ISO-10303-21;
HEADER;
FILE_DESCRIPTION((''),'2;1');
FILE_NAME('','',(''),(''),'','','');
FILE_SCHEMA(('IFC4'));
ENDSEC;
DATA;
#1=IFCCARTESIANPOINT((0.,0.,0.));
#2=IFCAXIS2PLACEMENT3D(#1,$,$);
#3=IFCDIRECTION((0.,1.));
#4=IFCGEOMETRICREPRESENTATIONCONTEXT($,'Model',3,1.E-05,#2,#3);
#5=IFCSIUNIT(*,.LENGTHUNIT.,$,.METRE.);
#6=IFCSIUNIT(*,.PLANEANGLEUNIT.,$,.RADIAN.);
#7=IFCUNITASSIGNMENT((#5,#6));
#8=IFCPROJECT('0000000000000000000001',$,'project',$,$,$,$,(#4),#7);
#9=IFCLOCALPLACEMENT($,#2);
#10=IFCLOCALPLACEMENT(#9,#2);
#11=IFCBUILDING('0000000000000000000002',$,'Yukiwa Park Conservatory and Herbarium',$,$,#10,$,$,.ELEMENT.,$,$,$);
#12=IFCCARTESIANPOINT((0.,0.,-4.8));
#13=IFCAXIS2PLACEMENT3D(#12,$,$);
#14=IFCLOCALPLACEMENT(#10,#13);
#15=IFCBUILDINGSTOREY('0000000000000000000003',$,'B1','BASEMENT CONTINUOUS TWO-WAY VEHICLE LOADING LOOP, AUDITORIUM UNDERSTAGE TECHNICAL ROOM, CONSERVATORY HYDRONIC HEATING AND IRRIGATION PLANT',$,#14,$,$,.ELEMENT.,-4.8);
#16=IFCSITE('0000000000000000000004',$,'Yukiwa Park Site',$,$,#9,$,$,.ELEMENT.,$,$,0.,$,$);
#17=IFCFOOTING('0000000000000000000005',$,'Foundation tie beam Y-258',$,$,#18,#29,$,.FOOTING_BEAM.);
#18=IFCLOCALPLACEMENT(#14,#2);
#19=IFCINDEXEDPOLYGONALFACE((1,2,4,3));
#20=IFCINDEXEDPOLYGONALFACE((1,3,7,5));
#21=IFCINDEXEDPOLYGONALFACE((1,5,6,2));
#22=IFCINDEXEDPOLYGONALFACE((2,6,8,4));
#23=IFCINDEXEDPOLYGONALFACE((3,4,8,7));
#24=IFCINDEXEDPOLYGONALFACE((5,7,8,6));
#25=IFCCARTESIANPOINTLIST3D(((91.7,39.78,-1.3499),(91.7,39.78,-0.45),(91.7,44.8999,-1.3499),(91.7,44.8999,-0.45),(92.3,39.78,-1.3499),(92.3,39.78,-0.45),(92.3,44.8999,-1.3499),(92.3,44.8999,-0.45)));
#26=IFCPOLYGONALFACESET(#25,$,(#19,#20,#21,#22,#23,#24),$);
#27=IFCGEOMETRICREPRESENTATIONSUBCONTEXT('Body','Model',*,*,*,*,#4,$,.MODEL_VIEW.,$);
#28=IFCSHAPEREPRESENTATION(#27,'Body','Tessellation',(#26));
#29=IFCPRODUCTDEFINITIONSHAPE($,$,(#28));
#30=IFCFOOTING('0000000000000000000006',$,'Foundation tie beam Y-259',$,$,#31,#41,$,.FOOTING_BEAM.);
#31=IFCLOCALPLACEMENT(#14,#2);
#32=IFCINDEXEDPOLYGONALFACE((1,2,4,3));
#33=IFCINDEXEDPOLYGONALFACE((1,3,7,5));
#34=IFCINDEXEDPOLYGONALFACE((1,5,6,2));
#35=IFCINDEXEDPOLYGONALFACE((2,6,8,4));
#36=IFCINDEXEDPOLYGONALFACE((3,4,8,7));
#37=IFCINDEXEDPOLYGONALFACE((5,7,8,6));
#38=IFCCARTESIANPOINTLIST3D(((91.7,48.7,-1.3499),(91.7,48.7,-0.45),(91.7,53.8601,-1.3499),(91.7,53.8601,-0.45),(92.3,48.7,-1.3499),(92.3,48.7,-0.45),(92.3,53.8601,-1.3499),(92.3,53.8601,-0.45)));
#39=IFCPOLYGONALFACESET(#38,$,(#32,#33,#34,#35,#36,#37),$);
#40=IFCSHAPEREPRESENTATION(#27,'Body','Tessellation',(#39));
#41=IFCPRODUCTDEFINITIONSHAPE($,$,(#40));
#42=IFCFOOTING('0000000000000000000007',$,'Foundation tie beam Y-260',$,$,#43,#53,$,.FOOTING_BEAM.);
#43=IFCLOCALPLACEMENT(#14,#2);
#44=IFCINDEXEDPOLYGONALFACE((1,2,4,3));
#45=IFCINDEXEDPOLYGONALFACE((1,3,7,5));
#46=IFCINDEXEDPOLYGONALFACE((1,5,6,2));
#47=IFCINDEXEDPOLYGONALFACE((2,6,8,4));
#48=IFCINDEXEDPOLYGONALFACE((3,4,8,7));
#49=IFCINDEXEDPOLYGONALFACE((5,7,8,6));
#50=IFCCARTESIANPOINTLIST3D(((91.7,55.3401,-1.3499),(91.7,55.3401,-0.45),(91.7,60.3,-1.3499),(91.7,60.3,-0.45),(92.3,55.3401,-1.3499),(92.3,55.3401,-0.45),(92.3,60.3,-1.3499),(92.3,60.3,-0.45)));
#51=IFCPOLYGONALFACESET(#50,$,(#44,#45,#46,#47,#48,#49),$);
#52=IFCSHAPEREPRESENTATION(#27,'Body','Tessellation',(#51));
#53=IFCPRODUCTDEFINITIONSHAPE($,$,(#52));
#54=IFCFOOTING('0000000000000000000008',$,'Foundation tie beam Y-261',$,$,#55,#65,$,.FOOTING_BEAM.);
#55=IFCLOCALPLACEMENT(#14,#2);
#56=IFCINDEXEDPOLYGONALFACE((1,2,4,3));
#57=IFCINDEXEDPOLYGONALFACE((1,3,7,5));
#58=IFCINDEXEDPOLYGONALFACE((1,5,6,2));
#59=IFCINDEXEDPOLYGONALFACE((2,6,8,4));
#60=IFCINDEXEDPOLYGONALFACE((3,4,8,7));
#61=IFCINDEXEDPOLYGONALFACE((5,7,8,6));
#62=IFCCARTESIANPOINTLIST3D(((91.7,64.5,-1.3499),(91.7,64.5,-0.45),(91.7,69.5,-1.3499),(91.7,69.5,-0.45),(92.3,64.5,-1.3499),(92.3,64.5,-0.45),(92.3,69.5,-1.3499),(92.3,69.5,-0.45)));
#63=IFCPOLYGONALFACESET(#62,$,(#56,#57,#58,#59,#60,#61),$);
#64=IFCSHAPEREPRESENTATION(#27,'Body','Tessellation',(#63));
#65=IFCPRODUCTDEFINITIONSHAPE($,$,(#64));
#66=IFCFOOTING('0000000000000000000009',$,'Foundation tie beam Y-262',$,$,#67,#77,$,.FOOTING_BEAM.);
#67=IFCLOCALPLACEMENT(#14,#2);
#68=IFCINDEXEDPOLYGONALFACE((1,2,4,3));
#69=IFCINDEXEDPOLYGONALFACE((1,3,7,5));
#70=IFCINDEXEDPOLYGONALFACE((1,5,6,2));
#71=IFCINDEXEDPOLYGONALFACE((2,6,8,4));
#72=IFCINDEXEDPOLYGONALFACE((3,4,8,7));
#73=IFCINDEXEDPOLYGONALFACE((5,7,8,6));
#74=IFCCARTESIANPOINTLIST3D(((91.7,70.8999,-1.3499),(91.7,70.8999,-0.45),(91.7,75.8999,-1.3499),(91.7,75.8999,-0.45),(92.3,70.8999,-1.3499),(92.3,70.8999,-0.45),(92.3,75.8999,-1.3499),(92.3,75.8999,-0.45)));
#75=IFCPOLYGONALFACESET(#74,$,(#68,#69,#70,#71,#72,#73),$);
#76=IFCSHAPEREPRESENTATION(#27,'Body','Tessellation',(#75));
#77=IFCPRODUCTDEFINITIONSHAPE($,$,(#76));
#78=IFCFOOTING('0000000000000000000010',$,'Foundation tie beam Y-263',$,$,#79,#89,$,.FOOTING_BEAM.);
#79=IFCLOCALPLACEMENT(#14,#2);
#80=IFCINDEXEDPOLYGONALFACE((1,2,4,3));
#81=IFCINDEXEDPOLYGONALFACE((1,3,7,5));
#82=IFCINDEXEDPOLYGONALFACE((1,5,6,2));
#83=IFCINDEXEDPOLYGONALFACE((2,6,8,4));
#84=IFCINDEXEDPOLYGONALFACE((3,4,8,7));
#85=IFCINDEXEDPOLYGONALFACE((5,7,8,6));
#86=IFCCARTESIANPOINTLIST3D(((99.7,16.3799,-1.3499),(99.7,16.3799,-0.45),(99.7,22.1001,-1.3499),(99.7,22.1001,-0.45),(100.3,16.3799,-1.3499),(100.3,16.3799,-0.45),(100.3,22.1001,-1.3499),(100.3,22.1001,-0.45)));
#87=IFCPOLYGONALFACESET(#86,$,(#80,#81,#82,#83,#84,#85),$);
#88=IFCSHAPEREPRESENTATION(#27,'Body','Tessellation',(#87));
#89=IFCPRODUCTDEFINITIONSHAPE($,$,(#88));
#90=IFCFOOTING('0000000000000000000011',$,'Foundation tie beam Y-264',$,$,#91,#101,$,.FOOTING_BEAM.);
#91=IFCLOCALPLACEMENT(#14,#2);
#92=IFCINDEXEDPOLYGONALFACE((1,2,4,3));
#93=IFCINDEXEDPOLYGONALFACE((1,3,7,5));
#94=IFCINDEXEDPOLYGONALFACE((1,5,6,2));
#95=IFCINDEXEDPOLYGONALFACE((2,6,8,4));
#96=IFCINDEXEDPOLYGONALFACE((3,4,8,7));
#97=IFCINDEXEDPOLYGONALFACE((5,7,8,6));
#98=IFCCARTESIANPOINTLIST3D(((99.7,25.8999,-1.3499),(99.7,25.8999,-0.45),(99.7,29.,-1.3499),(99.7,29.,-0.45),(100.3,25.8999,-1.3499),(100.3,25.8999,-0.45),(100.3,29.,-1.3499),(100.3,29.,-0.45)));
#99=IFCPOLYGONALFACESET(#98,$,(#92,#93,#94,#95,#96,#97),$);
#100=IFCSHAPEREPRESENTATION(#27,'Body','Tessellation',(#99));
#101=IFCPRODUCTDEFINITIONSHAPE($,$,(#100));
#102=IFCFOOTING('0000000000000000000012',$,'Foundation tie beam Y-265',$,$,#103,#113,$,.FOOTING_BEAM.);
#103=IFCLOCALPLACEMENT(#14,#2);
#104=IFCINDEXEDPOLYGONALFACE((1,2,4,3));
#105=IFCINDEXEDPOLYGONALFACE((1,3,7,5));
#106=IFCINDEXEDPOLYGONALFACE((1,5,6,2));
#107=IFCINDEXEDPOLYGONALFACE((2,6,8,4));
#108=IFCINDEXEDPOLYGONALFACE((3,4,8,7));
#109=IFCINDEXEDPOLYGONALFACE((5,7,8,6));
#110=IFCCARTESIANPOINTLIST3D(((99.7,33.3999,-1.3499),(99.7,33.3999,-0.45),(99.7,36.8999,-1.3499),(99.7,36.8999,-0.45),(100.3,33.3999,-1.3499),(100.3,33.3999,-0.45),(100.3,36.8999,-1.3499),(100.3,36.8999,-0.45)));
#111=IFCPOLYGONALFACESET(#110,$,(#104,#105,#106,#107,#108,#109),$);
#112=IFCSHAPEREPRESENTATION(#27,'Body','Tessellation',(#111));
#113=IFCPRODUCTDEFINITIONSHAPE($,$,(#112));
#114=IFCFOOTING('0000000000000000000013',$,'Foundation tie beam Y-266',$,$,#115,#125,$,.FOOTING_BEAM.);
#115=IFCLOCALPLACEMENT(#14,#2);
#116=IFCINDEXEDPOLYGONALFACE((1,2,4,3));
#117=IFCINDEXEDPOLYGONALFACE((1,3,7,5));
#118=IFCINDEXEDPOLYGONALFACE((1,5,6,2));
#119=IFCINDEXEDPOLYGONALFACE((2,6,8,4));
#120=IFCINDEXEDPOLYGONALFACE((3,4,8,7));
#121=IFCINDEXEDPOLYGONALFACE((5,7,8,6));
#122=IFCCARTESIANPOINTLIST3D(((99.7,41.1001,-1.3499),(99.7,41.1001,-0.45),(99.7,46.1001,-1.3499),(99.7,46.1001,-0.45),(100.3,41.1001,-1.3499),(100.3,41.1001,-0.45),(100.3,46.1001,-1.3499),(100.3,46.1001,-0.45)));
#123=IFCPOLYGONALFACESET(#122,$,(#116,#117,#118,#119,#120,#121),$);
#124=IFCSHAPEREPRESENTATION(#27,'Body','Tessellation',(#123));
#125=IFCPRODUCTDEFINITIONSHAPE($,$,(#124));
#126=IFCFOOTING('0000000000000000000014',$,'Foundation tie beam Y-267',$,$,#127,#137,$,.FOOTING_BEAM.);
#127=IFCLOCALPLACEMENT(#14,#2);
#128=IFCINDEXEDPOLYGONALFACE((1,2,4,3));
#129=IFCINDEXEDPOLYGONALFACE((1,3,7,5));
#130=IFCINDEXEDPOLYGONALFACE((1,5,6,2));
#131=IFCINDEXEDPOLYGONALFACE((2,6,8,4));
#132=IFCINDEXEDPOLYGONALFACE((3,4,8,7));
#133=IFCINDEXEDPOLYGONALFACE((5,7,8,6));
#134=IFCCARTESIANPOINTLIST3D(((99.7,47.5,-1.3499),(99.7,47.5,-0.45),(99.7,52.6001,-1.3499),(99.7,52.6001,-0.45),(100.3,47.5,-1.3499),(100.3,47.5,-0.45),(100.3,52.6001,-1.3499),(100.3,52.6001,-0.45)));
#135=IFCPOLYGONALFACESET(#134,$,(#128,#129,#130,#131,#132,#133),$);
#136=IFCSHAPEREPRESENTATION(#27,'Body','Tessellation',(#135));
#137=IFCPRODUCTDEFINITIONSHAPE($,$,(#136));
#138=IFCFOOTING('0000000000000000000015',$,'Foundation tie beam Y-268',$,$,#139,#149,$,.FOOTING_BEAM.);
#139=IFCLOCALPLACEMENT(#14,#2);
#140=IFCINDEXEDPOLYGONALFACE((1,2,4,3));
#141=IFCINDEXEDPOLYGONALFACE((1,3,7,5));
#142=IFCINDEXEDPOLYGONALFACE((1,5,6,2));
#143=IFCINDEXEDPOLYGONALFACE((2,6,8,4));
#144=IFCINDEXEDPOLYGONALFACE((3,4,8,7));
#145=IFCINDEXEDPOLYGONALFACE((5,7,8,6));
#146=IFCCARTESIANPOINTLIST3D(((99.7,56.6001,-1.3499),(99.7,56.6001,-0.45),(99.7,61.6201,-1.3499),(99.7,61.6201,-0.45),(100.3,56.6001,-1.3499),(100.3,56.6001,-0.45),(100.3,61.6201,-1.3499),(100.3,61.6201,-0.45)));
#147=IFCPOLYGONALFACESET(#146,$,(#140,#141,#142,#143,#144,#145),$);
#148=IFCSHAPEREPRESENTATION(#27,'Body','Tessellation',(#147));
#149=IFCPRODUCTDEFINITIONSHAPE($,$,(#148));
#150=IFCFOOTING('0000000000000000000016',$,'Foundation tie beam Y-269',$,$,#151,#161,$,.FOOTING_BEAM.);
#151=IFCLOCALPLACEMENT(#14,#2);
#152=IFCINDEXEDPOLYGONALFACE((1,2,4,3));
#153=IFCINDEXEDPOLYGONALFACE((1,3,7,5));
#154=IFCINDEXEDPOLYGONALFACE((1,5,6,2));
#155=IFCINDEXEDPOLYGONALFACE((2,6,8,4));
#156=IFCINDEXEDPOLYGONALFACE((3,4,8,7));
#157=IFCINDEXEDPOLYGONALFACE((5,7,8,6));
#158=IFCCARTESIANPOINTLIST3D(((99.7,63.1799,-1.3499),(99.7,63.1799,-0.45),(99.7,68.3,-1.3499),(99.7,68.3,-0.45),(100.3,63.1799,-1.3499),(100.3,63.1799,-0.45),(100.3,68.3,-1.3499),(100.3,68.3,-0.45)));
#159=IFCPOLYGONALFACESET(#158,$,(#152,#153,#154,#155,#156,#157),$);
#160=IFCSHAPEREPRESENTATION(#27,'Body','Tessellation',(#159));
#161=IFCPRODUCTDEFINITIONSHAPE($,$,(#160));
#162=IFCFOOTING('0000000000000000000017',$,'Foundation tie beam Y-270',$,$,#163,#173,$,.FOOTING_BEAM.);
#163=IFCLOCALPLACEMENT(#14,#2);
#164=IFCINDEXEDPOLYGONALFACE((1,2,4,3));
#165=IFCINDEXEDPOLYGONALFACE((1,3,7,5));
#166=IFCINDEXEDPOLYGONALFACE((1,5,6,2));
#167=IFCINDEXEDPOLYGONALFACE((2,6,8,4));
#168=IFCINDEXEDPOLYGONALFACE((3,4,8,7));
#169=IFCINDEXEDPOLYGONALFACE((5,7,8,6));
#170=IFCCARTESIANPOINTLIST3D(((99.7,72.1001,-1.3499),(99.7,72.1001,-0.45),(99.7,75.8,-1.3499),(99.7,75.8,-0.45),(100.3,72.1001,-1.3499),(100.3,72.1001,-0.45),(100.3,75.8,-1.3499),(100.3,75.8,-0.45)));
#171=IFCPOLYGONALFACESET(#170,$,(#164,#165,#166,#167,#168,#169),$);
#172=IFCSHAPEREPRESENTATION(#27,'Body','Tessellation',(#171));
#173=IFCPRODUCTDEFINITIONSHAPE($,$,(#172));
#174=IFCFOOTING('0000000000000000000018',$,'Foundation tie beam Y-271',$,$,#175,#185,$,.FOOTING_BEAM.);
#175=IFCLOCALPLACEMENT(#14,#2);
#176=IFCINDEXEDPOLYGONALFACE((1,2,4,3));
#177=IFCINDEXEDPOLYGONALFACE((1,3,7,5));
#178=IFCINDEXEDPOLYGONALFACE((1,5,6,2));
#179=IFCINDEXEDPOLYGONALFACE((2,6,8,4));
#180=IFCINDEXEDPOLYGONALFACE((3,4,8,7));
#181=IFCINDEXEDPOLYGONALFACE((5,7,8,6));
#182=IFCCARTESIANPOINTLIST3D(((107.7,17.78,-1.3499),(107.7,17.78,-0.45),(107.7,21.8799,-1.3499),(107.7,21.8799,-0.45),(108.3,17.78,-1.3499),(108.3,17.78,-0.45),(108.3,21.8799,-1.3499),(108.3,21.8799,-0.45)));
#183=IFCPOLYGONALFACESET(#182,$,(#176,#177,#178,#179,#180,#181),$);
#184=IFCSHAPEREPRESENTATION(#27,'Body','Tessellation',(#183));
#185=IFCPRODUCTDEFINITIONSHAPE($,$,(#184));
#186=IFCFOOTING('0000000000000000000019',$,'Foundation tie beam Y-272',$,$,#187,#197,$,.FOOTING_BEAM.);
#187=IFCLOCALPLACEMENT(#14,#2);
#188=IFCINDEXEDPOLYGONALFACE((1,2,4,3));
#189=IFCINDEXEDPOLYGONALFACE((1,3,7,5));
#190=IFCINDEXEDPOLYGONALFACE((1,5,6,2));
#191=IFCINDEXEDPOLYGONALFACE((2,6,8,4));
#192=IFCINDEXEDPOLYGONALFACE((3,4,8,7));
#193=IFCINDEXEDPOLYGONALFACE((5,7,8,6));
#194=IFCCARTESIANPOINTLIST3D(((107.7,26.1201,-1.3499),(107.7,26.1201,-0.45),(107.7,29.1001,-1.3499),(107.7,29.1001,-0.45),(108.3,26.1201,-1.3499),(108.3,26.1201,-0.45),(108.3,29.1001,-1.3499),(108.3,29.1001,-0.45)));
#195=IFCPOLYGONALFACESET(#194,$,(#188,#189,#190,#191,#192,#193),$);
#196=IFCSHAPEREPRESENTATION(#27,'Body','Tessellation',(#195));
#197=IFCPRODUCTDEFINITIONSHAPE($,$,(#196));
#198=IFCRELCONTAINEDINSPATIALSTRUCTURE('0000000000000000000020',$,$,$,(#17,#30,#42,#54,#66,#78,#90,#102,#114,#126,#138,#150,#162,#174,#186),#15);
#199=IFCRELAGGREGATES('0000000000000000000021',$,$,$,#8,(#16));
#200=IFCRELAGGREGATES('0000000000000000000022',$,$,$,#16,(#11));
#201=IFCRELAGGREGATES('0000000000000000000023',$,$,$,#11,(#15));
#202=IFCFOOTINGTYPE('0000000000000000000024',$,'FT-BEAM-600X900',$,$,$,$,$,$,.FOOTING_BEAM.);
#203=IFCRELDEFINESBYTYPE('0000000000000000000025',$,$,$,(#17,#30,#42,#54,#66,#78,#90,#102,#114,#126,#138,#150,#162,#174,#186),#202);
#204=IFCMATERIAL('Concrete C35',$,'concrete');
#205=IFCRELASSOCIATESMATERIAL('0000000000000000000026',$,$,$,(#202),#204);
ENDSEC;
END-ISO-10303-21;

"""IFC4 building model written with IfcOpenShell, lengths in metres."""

from ifc_helpers import new_model, si_unit, direction, frame, origin, place, context, subcontext, project, spatial, polyline, outline, extrude, material, type_object, element, save


model = new_model("IFC4")

# Units and contexts
model_context = context("Model", 3, precision=1e-05, world=origin(), true_north=direction((0.0, 1.0)))
body_context = subcontext(model_context, "Body", "Model", "MODEL_VIEW")
ifc_project = project(units=[si_unit("LENGTHUNIT", "METRE"), si_unit("PLANEANGLEUNIT", "RADIAN")], contexts=[model_context])

# Site, building, storey
site_placement = place(None, origin())
site = spatial("IfcSite", under=ifc_project, at=site_placement, Name="Yukiwa Park Site", CompositionType="ELEMENT", RefElevation=0.0)
building_placement = place(site_placement, origin())
building = spatial("IfcBuilding", under=site, at=building_placement, Name="Yukiwa Park Conservatory and Herbarium", CompositionType="ELEMENT")
storey_placement = place(building_placement, frame((0.0, 0.0, -4.8)))
storey = spatial("IfcBuildingStorey", under=building, at=storey_placement, Name="B1", Description="BASEMENT CONTINUOUS TWO-WAY VEHICLE LOADING LOOP, AUDITORIUM UNDERSTAGE TECHNICAL ROOM, CONSERVATORY HYDRONIC HEATING AND IRRIGATION PLANT", CompositionType="ELEMENT", Elevation=-4.8)

# Footings
ifc_material = material(Name="Concrete C35", Category="concrete")
footing_type = type_object("IfcFootingType", Name="FT-BEAM-600X900", PredefinedType="FOOTING_BEAM", material=ifc_material)
footing_1_placement = place(storey_placement, frame((0.0, 0.0, -1.3499)))
element("IfcFooting", 1, at=footing_1_placement, inside=storey, type_object=footing_type, Name="Foundation tie beam Y-258", PredefinedType="FOOTING_BEAM", context=body_context, shape_type="SweptSolid", body=[
    extrude(outline(polyline([(91.7, 39.78), (92.3, 39.78), (92.3, 44.8999), (91.7, 44.8999), (91.7, 39.78)])), origin(), (0.0, 0.0, 1.0), 0.8999),
])
footing_2_placement = place(storey_placement, frame((0.0, 0.0, -1.3499)))
element("IfcFooting", 2, at=footing_2_placement, inside=storey, type_object=footing_type, Name="Foundation tie beam Y-259", PredefinedType="FOOTING_BEAM", context=body_context, shape_type="SweptSolid", body=[
    extrude(outline(polyline([(91.7, 48.7), (92.3, 48.7), (92.3, 53.8601), (91.7, 53.8601), (91.7, 48.7)])), origin(), (0.0, 0.0, 1.0), 0.8999),
])
footing_3_placement = place(storey_placement, frame((0.0, 0.0, -1.3499)))
element("IfcFooting", 3, at=footing_3_placement, inside=storey, type_object=footing_type, Name="Foundation tie beam Y-260", PredefinedType="FOOTING_BEAM", context=body_context, shape_type="SweptSolid", body=[
    extrude(outline(polyline([(91.7, 55.3401), (92.3, 55.3401), (92.3, 60.3), (91.7, 60.3), (91.7, 55.3401)])), origin(), (0.0, 0.0, 1.0), 0.8999),
])
footing_4_placement = place(storey_placement, frame((0.0, 0.0, -1.3499)))
element("IfcFooting", 4, at=footing_4_placement, inside=storey, type_object=footing_type, Name="Foundation tie beam Y-261", PredefinedType="FOOTING_BEAM", context=body_context, shape_type="SweptSolid", body=[
    extrude(outline(polyline([(91.7, 64.5), (92.3, 64.5), (92.3, 69.5), (91.7, 69.5), (91.7, 64.5)])), origin(), (0.0, 0.0, 1.0), 0.8999),
])
footing_5_placement = place(storey_placement, frame((0.0, 0.0, -1.3499)))
element("IfcFooting", 5, at=footing_5_placement, inside=storey, type_object=footing_type, Name="Foundation tie beam Y-262", PredefinedType="FOOTING_BEAM", context=body_context, shape_type="SweptSolid", body=[
    extrude(outline(polyline([(91.7, 70.8999), (92.3, 70.8999), (92.3, 75.8999), (91.7, 75.8999), (91.7, 70.8999)])), origin(), (0.0, 0.0, 1.0), 0.8999),
])
footing_6_placement = place(storey_placement, frame((0.0, 0.0, -1.3499)))
element("IfcFooting", 6, at=footing_6_placement, inside=storey, type_object=footing_type, Name="Foundation tie beam Y-263", PredefinedType="FOOTING_BEAM", context=body_context, shape_type="SweptSolid", body=[
    extrude(outline(polyline([(99.7, 16.3799), (100.3, 16.3799), (100.3, 22.1001), (99.7, 22.1001), (99.7, 16.3799)])), origin(), (0.0, 0.0, 1.0), 0.8999),
])
footing_7_placement = place(storey_placement, frame((0.0, 0.0, -1.3499)))
element("IfcFooting", 7, at=footing_7_placement, inside=storey, type_object=footing_type, Name="Foundation tie beam Y-264", PredefinedType="FOOTING_BEAM", context=body_context, shape_type="SweptSolid", body=[
    extrude(outline(polyline([(99.7, 25.8999), (100.3, 25.8999), (100.3, 29.0), (99.7, 29.0), (99.7, 25.8999)])), origin(), (0.0, 0.0, 1.0), 0.8999),
])
footing_8_placement = place(storey_placement, frame((0.0, 0.0, -1.3499)))
element("IfcFooting", 8, at=footing_8_placement, inside=storey, type_object=footing_type, Name="Foundation tie beam Y-265", PredefinedType="FOOTING_BEAM", context=body_context, shape_type="SweptSolid", body=[
    extrude(outline(polyline([(99.7, 33.3999), (100.3, 33.3999), (100.3, 36.8999), (99.7, 36.8999), (99.7, 33.3999)])), origin(), (0.0, 0.0, 1.0), 0.8999),
])
footing_9_placement = place(storey_placement, frame((0.0, 0.0, -1.3499)))
element("IfcFooting", 9, at=footing_9_placement, inside=storey, type_object=footing_type, Name="Foundation tie beam Y-266", PredefinedType="FOOTING_BEAM", context=body_context, shape_type="SweptSolid", body=[
    extrude(outline(polyline([(99.7, 41.1001), (100.3, 41.1001), (100.3, 46.1001), (99.7, 46.1001), (99.7, 41.1001)])), origin(), (0.0, 0.0, 1.0), 0.8999),
])
footing_10_placement = place(storey_placement, frame((0.0, 0.0, -1.3499)))
element("IfcFooting", 10, at=footing_10_placement, inside=storey, type_object=footing_type, Name="Foundation tie beam Y-267", PredefinedType="FOOTING_BEAM", context=body_context, shape_type="SweptSolid", body=[
    extrude(outline(polyline([(99.7, 47.5), (100.3, 47.5), (100.3, 52.6001), (99.7, 52.6001), (99.7, 47.5)])), origin(), (0.0, 0.0, 1.0), 0.8999),
])
footing_11_placement = place(storey_placement, frame((0.0, 0.0, -1.3499)))
element("IfcFooting", 11, at=footing_11_placement, inside=storey, type_object=footing_type, Name="Foundation tie beam Y-268", PredefinedType="FOOTING_BEAM", context=body_context, shape_type="SweptSolid", body=[
    extrude(outline(polyline([(99.7, 56.6001), (100.3, 56.6001), (100.3, 61.6201), (99.7, 61.6201), (99.7, 56.6001)])), origin(), (0.0, 0.0, 1.0), 0.8999),
])
footing_12_placement = place(storey_placement, frame((0.0, 0.0, -1.3499)))
element("IfcFooting", 12, at=footing_12_placement, inside=storey, type_object=footing_type, Name="Foundation tie beam Y-269", PredefinedType="FOOTING_BEAM", context=body_context, shape_type="SweptSolid", body=[
    extrude(outline(polyline([(99.7, 63.1799), (100.3, 63.1799), (100.3, 68.3), (99.7, 68.3), (99.7, 63.1799)])), origin(), (0.0, 0.0, 1.0), 0.8999),
])
footing_13_placement = place(storey_placement, frame((0.0, 0.0, -1.3499)))
element("IfcFooting", 13, at=footing_13_placement, inside=storey, type_object=footing_type, Name="Foundation tie beam Y-270", PredefinedType="FOOTING_BEAM", context=body_context, shape_type="SweptSolid", body=[
    extrude(outline(polyline([(99.7, 72.1001), (100.3, 72.1001), (100.3, 75.8), (99.7, 75.8), (99.7, 72.1001)])), origin(), (0.0, 0.0, 1.0), 0.8999),
])
footing_14_placement = place(storey_placement, frame((0.0, 0.0, -1.3499)))
element("IfcFooting", 14, at=footing_14_placement, inside=storey, type_object=footing_type, Name="Foundation tie beam Y-271", PredefinedType="FOOTING_BEAM", context=body_context, shape_type="SweptSolid", body=[
    extrude(outline(polyline([(107.7, 17.78), (108.3, 17.78), (108.3, 21.8799), (107.7, 21.8799), (107.7, 17.78)])), origin(), (0.0, 0.0, 1.0), 0.8999),
])
footing_15_placement = place(storey_placement, frame((0.0, 0.0, -1.3499)))
element("IfcFooting", 15, at=footing_15_placement, inside=storey, type_object=footing_type, Name="Foundation tie beam Y-272", PredefinedType="FOOTING_BEAM", context=body_context, shape_type="SweptSolid", body=[
    extrude(outline(polyline([(107.7, 26.1201), (108.3, 26.1201), (108.3, 29.1001), (107.7, 29.1001), (107.7, 26.1201)])), origin(), (0.0, 0.0, 1.0), 0.8999),
])

save(model, "model.ifc")
